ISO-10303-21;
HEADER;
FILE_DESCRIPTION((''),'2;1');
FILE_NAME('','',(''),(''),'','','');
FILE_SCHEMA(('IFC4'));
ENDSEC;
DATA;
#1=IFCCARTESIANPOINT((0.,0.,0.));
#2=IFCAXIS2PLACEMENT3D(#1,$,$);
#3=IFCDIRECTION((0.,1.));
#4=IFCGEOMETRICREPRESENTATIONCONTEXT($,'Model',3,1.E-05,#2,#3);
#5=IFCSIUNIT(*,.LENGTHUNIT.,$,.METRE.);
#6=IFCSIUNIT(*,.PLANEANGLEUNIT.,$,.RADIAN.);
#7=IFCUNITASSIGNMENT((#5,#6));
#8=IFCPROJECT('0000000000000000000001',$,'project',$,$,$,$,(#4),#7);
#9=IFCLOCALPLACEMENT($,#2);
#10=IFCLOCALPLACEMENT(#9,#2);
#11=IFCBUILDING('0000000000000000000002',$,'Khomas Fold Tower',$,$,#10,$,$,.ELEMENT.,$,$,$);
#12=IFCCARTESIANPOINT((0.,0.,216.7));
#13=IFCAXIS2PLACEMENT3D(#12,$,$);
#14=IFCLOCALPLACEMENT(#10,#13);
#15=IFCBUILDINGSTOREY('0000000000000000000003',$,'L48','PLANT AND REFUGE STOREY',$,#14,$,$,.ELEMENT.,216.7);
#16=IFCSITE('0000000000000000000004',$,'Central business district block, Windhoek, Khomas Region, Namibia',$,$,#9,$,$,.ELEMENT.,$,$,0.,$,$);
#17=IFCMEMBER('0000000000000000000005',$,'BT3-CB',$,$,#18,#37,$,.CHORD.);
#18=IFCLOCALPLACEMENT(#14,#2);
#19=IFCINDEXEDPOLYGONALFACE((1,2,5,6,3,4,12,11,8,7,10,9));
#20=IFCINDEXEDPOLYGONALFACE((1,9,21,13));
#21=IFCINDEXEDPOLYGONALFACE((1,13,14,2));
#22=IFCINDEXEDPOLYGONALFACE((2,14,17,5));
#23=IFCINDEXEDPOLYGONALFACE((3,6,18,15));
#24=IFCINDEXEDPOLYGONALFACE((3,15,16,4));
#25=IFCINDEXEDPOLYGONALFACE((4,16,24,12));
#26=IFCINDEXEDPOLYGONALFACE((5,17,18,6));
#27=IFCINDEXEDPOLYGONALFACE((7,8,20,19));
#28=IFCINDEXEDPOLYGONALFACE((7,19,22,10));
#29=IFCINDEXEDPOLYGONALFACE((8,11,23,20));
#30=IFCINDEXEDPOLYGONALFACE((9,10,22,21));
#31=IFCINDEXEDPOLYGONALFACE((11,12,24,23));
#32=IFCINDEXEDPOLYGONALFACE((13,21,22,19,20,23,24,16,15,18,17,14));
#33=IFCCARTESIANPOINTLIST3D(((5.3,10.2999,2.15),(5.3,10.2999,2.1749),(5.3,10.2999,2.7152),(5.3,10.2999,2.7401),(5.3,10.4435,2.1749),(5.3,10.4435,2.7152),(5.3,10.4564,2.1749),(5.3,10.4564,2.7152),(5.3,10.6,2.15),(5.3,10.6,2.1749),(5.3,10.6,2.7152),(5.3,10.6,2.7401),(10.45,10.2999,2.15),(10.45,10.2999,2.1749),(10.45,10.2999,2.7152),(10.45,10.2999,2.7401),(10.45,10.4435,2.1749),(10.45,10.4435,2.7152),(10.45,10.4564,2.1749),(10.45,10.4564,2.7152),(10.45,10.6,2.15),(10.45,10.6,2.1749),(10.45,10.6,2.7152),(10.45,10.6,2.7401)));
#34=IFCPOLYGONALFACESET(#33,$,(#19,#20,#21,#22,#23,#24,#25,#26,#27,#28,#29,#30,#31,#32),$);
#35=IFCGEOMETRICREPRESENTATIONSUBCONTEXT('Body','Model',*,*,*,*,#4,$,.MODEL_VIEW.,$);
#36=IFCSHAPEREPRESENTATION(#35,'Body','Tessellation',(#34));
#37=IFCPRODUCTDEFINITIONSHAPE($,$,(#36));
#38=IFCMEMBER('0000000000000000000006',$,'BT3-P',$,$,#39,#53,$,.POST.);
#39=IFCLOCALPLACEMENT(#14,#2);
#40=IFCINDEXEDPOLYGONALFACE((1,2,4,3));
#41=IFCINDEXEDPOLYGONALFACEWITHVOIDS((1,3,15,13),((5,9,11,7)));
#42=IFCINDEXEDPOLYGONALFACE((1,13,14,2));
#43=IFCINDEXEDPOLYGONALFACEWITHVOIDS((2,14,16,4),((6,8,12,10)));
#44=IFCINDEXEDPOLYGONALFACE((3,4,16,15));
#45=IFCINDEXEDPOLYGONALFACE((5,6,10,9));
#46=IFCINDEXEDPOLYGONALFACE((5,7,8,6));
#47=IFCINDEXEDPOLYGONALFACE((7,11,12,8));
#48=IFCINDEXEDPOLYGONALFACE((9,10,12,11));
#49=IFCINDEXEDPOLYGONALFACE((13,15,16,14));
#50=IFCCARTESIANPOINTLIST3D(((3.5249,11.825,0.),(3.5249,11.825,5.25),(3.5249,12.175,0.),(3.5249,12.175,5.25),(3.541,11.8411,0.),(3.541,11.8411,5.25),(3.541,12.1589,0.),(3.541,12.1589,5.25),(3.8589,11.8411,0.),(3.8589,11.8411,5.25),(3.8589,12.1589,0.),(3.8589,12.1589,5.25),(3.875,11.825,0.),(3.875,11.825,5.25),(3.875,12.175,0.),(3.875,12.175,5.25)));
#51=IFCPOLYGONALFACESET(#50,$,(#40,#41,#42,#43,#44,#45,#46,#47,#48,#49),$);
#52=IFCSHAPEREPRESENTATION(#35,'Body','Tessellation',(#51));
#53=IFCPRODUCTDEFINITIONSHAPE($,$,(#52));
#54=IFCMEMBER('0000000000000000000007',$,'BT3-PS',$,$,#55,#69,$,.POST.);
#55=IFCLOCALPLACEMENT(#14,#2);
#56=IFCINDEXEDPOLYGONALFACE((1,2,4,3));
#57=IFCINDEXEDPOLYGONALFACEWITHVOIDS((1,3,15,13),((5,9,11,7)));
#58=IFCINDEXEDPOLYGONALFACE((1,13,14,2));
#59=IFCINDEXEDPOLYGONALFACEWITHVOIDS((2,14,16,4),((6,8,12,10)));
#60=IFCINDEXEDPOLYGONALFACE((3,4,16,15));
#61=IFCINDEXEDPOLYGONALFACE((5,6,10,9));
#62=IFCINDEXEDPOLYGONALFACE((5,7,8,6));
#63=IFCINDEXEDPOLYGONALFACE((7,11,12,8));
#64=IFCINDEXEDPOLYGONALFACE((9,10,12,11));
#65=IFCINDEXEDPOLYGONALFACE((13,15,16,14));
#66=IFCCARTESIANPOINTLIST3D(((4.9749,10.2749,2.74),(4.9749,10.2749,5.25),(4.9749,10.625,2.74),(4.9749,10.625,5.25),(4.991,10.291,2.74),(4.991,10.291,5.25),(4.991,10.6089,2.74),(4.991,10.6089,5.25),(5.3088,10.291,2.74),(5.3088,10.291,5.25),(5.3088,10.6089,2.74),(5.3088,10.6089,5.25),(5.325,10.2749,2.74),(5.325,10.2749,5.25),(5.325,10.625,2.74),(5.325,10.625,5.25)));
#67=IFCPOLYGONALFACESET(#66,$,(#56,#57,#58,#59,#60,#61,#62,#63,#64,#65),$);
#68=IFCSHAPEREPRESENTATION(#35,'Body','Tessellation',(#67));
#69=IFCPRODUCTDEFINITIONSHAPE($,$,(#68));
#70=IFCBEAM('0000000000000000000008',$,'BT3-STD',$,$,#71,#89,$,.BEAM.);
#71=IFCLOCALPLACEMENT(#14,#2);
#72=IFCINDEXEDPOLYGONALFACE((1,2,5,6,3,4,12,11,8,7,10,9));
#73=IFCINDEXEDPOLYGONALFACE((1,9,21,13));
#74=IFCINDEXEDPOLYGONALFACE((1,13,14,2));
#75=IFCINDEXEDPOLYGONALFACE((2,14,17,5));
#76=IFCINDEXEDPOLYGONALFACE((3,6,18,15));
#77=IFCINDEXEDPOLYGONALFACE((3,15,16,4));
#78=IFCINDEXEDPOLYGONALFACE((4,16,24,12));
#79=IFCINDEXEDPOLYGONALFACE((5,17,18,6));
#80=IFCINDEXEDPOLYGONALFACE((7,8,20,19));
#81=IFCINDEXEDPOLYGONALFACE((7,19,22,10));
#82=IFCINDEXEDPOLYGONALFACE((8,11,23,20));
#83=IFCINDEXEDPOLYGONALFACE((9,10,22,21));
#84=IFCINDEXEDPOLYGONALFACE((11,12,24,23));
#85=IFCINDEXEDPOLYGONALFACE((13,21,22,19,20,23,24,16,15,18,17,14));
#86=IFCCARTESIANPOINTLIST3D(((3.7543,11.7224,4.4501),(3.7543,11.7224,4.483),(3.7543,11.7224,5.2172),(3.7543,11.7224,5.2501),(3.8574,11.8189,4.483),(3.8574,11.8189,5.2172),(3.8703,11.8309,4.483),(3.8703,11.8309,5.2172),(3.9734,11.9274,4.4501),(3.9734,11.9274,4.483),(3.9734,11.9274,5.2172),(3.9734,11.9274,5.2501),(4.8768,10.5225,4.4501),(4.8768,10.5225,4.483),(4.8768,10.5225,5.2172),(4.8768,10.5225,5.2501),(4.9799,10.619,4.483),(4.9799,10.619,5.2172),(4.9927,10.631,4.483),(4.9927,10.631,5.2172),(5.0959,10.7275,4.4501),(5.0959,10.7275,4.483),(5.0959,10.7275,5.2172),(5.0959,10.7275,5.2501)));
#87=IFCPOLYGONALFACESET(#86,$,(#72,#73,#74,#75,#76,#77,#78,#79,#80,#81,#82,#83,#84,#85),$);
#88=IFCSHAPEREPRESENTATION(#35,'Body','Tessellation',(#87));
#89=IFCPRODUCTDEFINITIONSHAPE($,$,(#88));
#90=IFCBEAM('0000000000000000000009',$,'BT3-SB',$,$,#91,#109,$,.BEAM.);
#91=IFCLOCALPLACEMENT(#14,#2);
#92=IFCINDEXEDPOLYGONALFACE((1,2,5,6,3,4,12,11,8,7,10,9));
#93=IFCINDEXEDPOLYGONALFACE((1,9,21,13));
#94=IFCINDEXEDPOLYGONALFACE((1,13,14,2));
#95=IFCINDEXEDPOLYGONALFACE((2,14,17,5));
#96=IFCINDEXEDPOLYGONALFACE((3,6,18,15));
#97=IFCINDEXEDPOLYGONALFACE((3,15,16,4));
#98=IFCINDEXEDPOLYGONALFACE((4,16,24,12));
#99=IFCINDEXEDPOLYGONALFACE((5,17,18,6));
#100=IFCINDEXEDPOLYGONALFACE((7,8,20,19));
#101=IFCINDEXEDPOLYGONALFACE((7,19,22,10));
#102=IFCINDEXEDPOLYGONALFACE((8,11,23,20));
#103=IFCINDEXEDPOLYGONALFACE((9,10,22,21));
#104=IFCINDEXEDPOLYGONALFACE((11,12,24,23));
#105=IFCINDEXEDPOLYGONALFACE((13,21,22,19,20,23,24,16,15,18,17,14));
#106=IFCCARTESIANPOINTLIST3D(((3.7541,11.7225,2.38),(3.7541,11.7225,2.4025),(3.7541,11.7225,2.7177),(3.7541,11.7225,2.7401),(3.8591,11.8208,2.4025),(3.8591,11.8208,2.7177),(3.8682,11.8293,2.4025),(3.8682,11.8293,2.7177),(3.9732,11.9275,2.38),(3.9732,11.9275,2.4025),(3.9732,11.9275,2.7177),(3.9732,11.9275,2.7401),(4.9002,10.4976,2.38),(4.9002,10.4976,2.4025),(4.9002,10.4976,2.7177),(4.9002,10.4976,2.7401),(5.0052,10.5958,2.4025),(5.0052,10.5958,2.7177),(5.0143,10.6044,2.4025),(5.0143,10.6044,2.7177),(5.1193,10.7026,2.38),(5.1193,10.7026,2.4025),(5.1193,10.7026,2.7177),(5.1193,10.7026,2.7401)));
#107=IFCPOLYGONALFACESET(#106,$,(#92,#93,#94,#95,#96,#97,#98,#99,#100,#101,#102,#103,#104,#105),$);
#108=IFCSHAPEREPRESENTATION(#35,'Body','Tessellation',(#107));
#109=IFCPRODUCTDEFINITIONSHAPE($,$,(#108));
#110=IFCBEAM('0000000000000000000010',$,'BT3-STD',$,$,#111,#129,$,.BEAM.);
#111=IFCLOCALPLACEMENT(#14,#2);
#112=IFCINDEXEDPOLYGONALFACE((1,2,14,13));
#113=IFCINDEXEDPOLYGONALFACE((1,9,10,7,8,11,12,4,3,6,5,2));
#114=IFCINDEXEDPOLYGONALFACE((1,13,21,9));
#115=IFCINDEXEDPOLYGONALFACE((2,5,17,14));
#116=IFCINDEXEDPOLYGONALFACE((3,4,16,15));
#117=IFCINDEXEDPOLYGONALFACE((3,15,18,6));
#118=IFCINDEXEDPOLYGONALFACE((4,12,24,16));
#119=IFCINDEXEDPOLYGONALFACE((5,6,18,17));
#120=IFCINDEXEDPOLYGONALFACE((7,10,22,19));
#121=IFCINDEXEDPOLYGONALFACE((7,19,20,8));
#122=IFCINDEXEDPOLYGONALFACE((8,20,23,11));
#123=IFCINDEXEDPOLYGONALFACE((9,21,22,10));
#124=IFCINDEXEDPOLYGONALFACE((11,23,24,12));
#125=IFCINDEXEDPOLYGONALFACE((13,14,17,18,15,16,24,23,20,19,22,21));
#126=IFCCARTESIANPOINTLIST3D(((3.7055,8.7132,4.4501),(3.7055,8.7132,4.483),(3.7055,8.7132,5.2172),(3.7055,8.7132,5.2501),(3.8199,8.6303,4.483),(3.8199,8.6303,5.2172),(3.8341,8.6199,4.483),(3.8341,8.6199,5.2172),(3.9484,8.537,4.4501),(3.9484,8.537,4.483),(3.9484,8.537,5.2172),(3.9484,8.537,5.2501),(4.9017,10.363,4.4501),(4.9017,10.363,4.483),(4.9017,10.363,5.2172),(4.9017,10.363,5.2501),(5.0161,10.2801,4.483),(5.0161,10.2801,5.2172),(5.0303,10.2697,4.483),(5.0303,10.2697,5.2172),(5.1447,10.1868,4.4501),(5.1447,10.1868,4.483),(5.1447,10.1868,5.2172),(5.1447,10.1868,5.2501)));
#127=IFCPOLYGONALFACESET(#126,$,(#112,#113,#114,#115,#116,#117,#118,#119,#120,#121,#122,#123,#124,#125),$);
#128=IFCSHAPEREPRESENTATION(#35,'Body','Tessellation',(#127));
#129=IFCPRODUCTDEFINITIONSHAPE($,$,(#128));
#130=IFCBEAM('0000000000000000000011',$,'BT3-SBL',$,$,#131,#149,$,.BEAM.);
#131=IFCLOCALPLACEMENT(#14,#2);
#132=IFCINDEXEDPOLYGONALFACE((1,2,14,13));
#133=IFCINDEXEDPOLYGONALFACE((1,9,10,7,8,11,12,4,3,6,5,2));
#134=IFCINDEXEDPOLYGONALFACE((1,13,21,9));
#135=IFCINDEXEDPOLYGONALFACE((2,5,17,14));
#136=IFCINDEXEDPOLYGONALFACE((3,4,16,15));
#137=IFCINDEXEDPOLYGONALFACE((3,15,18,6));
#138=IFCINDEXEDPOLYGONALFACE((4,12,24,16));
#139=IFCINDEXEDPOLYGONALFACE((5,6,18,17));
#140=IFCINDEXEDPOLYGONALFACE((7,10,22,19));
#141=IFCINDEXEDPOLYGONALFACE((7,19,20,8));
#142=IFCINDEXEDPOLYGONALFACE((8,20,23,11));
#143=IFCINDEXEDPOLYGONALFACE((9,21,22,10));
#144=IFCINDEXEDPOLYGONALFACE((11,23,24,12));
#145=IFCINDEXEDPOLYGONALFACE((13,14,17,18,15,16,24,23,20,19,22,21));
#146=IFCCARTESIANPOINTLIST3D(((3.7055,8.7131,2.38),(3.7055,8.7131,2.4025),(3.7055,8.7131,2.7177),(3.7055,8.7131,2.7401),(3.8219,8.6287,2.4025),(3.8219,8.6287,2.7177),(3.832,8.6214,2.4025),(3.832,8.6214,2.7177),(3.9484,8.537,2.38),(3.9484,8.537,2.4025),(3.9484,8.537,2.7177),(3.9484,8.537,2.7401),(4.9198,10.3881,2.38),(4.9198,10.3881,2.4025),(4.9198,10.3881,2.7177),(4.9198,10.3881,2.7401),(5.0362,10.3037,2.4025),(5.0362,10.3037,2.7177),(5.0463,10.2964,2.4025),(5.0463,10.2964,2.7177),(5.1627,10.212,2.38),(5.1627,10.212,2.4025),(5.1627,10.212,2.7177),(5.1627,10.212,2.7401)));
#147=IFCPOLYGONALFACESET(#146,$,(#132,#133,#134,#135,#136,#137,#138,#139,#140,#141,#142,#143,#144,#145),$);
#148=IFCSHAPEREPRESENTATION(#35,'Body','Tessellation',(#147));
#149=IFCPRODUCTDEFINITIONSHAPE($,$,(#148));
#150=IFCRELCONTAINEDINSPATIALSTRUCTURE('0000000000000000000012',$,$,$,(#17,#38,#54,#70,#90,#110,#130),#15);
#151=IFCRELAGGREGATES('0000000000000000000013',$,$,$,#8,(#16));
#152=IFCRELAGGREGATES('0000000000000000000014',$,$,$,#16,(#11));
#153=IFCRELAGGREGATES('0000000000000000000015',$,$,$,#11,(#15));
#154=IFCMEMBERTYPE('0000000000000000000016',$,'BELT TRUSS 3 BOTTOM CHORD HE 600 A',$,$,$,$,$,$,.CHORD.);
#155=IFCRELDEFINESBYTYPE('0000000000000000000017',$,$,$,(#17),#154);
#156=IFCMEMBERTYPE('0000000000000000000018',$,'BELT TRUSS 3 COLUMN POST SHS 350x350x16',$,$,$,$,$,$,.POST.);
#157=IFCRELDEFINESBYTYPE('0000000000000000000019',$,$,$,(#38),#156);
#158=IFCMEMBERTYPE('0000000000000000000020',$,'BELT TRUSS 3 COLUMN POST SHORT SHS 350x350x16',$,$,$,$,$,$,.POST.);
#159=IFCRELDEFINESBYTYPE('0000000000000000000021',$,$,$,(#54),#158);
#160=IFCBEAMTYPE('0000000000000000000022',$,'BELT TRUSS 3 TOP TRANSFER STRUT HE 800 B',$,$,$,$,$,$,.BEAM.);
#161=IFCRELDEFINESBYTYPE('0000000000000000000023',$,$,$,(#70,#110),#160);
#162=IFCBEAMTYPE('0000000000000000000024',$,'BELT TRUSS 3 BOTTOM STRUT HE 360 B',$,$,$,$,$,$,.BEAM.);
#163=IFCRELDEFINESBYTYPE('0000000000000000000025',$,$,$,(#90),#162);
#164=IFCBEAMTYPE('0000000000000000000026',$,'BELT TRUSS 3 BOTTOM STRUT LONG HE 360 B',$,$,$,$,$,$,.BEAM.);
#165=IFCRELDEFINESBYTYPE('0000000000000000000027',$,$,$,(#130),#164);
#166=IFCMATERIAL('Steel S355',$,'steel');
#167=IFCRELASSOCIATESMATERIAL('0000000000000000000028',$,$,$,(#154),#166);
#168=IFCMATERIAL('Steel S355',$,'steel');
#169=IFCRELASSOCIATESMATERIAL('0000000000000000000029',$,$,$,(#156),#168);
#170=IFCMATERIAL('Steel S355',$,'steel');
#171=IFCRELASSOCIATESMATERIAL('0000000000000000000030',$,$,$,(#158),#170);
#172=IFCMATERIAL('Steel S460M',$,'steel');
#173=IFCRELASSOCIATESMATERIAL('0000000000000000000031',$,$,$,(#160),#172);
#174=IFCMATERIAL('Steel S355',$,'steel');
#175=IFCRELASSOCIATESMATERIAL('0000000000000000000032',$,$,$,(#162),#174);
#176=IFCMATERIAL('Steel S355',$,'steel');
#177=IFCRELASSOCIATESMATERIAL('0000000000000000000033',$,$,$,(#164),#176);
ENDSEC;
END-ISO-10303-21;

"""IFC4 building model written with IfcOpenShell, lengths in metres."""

from ifc_helpers import new_model, si_unit, direction, frame, origin, origin_2d, place, context, subcontext, project, spatial, hollow_rectangle, i_section, extrude, source, transform, mapped, material, material_profile, profile_set, type_object, element, save


model = new_model("IFC4")

# Units and contexts
model_context = context("Model", 3, precision=1e-05, world=origin(), true_north=direction((0.0, 1.0)))
body_context = subcontext(model_context, "Body", "Model", "MODEL_VIEW")
ifc_project = project(units=[si_unit("LENGTHUNIT", "METRE"), si_unit("PLANEANGLEUNIT", "RADIAN")], contexts=[model_context])

# Site, building, storey
site_placement = place(None, origin())
site = spatial("IfcSite", under=ifc_project, at=site_placement, Name="Central business district block, Windhoek, Khomas Region, Namibia", CompositionType="ELEMENT", RefElevation=0.0)
building_placement = place(site_placement, origin())
building = spatial("IfcBuilding", under=site, at=building_placement, Name="Khomas Fold Tower", CompositionType="ELEMENT")
storey_placement = place(building_placement, frame((0.0, 0.0, 216.7)))
storey = spatial("IfcBuildingStorey", under=building, at=storey_placement, Name="L48", Description="PLANT AND REFUGE STOREY", CompositionType="ELEMENT", Elevation=216.7)

# Members
ifc_material_1 = material(Name="Steel S355", Category="steel")
ifc_material_profile_1 = material_profile(ifc_material_1, i_section(OverallWidth=0.3, OverallDepth=0.5901, WebThickness=0.0129, FlangeThickness=0.0249, at=origin_2d()), Name="HE 600 A")
ifc_profile_set_1 = profile_set([ifc_material_profile_1], Name="Steel S355")
member_type_1 = type_object("IfcMemberType", Name="BELT TRUSS 3 BOTTOM CHORD HE 600 A", PredefinedType="CHORD", material=ifc_profile_set_1)
shared_shape_1 = source(origin(), body_context, "Body", "SweptSolid", [
    extrude(i_section(OverallWidth=0.3, OverallDepth=0.5901, WebThickness=0.0129, FlangeThickness=0.0249, at=origin_2d()), origin(), (0.0, 0.0, 1.0), 5.1499),
])
member_1_placement = place(storey_placement, frame((5.3, 10.45, 2.4451), z_axis=(1.0, 0.0, 0.0), x_axis=(0.0, 1.0, 0.0)))
element("IfcMember", 1, at=member_1_placement, inside=storey, type_object=member_type_1, Name="BT3-CB", PredefinedType="CHORD", context=body_context, shape_type="MappedRepresentation", body=[
    mapped(shared_shape_1, transform((0.0, 0.0, 0.0))),
])
ifc_material_2 = material(Name="Steel S355", Category="steel")
ifc_material_profile_2 = material_profile(ifc_material_2, hollow_rectangle(XDim=0.3501, YDim=0.3501, WallThickness=0.0161, at=origin_2d()), Name="SHS 350x350x16")
ifc_profile_set_2 = profile_set([ifc_material_profile_2], Name="Steel S355")
member_type_2 = type_object("IfcMemberType", Name="BELT TRUSS 3 COLUMN POST SHS 350x350x16", PredefinedType="POST", material=ifc_profile_set_2)
shared_shape_2 = source(origin(), body_context, "Body", "SweptSolid", [
    extrude(hollow_rectangle(XDim=0.3501, YDim=0.3501, WallThickness=0.0161, at=origin_2d()), origin(), (0.0, 0.0, 1.0), 5.25),
])
member_2_placement = place(storey_placement, frame((3.7, 12.0, 0.0), z_axis=(0.0, 0.0, 1.0), x_axis=(1.0, 0.0, 0.0)))
element("IfcMember", 2, at=member_2_placement, inside=storey, type_object=member_type_2, Name="BT3-P", PredefinedType="POST", context=body_context, shape_type="MappedRepresentation", body=[
    mapped(shared_shape_2, transform((0.0, 0.0, 0.0))),
])
ifc_material_3 = material(Name="Steel S355", Category="steel")
ifc_material_profile_3 = material_profile(ifc_material_3, hollow_rectangle(XDim=0.3501, YDim=0.3501, WallThickness=0.0161, at=origin_2d()), Name="SHS 350x350x16")
ifc_profile_set_3 = profile_set([ifc_material_profile_3], Name="Steel S355")
member_type_3 = type_object("IfcMemberType", Name="BELT TRUSS 3 COLUMN POST SHORT SHS 350x350x16", PredefinedType="POST", material=ifc_profile_set_3)
shared_shape_3 = source(origin(), body_context, "Body", "SweptSolid", [
    extrude(hollow_rectangle(XDim=0.3501, YDim=0.3501, WallThickness=0.0161, at=origin_2d()), origin(), (0.0, 0.0, 1.0), 2.51),
])
member_3_placement = place(storey_placement, frame((5.1499, 10.45, 2.74), z_axis=(0.0, 0.0, 1.0), x_axis=(1.0, 0.0, 0.0)))
element("IfcMember", 3, at=member_3_placement, inside=storey, type_object=member_type_3, Name="BT3-PS", PredefinedType="POST", context=body_context, shape_type="MappedRepresentation", body=[
    mapped(shared_shape_3, transform((0.0, 0.0, 0.0))),
])

# Beams
ifc_material_4 = material(Name="Steel S460M", Category="steel")
ifc_material_profile_4 = material_profile(ifc_material_4, i_section(OverallWidth=0.3, OverallDepth=0.8, WebThickness=0.0176, FlangeThickness=0.033, at=origin_2d()), Name="HE 800 B")
ifc_profile_set_4 = profile_set([ifc_material_profile_4], Name="Steel S460M")
beam_type_1 = type_object("IfcBeamType", Name="BELT TRUSS 3 TOP TRANSFER STRUT HE 800 B", PredefinedType="BEAM", material=ifc_profile_set_4)
shared_shape_4 = source(origin(), body_context, "Body", "SweptSolid", [
    extrude(i_section(OverallWidth=0.3, OverallDepth=0.8, WebThickness=0.0176, FlangeThickness=0.033, at=origin_2d()), origin(), (0.0, 0.0, 1.0), 1.6431),
])
beam_1_placement = place(storey_placement, frame((4.9863, 10.625, 4.8501), z_axis=(-0.683165, 0.730264, 0.0), x_axis=(-0.730264, -0.683165, 0.0)))
element("IfcBeam", 4, at=beam_1_placement, inside=storey, type_object=beam_type_1, Name="BT3-STD", PredefinedType="BEAM", context=body_context, shape_type="MappedRepresentation", body=[
    mapped(shared_shape_4, transform((0.0, 0.0, 0.0))),
])
ifc_material_5 = material(Name="Steel S355", Category="steel")
ifc_material_profile_5 = material_profile(ifc_material_5, i_section(OverallWidth=0.3, OverallDepth=0.3601, WebThickness=0.0125, FlangeThickness=0.0225, at=origin_2d()), Name="HE 360 B")
ifc_profile_set_5 = profile_set([ifc_material_profile_5], Name="Steel S355")
beam_type_2 = type_object("IfcBeamType", Name="BELT TRUSS 3 BOTTOM STRUT HE 360 B", PredefinedType="BEAM", material=ifc_profile_set_5)
shared_shape_5 = source(origin(), body_context, "Body", "SweptSolid", [
    extrude(i_section(OverallWidth=0.3, OverallDepth=0.3601, WebThickness=0.0125, FlangeThickness=0.0225, at=origin_2d()), origin(), (0.0, 0.0, 1.0), 1.6775),
])
beam_2_placement = place(storey_placement, frame((5.0098, 10.6001, 2.5601), z_axis=(-0.68321, 0.730222, 0.0), x_axis=(-0.730222, -0.68321, 0.0)))
element("IfcBeam", 5, at=beam_2_placement, inside=storey, type_object=beam_type_2, Name="BT3-SB", PredefinedType="BEAM", context=body_context, shape_type="MappedRepresentation", body=[
    mapped(shared_shape_5, transform((0.0, 0.0, 0.0))),
])
shared_shape_6 = source(origin(), body_context, "Body", "SweptSolid", [
    extrude(i_section(OverallWidth=0.3, OverallDepth=0.8, WebThickness=0.0176, FlangeThickness=0.033, at=origin_2d()), origin(), (0.0, 0.0, 1.0), 2.0378),
])
beam_3_placement = place(storey_placement, frame((5.0232, 10.2749, 4.8501), z_axis=(-0.587003, -0.809585, 0.0), x_axis=(0.809585, -0.587003, 0.0)))
element("IfcBeam", 6, at=beam_3_placement, inside=storey, type_object=beam_type_1, Name="BT3-STD", PredefinedType="BEAM", context=body_context, shape_type="MappedRepresentation", body=[
    mapped(shared_shape_6, transform((0.0, 0.0, 0.0))),
])
ifc_material_6 = material(Name="Steel S355", Category="steel")
ifc_material_profile_6 = material_profile(ifc_material_6, i_section(OverallWidth=0.3, OverallDepth=0.3601, WebThickness=0.0125, FlangeThickness=0.0225, at=origin_2d()), Name="HE 360 B")
ifc_profile_set_6 = profile_set([ifc_material_profile_6], Name="Steel S355")
beam_type_3 = type_object("IfcBeamType", Name="BELT TRUSS 3 BOTTOM STRUT LONG HE 360 B", PredefinedType="BEAM", material=ifc_profile_set_6)
shared_shape_7 = source(origin(), body_context, "Body", "SweptSolid", [
    extrude(i_section(OverallWidth=0.3, OverallDepth=0.3601, WebThickness=0.0125, FlangeThickness=0.0225, at=origin_2d()), origin(), (0.0, 0.0, 1.0), 2.0688),
])
beam_4_placement = place(storey_placement, frame((5.0413, 10.3, 2.5601), z_axis=(-0.58695, -0.809623, 0.0), x_axis=(0.809623, -0.58695, 0.0)))
element("IfcBeam", 7, at=beam_4_placement, inside=storey, type_object=beam_type_3, Name="BT3-SBL", PredefinedType="BEAM", context=body_context, shape_type="MappedRepresentation", body=[
    mapped(shared_shape_7, transform((0.0, 0.0, 0.0))),
])

save(model, "model.ifc")
